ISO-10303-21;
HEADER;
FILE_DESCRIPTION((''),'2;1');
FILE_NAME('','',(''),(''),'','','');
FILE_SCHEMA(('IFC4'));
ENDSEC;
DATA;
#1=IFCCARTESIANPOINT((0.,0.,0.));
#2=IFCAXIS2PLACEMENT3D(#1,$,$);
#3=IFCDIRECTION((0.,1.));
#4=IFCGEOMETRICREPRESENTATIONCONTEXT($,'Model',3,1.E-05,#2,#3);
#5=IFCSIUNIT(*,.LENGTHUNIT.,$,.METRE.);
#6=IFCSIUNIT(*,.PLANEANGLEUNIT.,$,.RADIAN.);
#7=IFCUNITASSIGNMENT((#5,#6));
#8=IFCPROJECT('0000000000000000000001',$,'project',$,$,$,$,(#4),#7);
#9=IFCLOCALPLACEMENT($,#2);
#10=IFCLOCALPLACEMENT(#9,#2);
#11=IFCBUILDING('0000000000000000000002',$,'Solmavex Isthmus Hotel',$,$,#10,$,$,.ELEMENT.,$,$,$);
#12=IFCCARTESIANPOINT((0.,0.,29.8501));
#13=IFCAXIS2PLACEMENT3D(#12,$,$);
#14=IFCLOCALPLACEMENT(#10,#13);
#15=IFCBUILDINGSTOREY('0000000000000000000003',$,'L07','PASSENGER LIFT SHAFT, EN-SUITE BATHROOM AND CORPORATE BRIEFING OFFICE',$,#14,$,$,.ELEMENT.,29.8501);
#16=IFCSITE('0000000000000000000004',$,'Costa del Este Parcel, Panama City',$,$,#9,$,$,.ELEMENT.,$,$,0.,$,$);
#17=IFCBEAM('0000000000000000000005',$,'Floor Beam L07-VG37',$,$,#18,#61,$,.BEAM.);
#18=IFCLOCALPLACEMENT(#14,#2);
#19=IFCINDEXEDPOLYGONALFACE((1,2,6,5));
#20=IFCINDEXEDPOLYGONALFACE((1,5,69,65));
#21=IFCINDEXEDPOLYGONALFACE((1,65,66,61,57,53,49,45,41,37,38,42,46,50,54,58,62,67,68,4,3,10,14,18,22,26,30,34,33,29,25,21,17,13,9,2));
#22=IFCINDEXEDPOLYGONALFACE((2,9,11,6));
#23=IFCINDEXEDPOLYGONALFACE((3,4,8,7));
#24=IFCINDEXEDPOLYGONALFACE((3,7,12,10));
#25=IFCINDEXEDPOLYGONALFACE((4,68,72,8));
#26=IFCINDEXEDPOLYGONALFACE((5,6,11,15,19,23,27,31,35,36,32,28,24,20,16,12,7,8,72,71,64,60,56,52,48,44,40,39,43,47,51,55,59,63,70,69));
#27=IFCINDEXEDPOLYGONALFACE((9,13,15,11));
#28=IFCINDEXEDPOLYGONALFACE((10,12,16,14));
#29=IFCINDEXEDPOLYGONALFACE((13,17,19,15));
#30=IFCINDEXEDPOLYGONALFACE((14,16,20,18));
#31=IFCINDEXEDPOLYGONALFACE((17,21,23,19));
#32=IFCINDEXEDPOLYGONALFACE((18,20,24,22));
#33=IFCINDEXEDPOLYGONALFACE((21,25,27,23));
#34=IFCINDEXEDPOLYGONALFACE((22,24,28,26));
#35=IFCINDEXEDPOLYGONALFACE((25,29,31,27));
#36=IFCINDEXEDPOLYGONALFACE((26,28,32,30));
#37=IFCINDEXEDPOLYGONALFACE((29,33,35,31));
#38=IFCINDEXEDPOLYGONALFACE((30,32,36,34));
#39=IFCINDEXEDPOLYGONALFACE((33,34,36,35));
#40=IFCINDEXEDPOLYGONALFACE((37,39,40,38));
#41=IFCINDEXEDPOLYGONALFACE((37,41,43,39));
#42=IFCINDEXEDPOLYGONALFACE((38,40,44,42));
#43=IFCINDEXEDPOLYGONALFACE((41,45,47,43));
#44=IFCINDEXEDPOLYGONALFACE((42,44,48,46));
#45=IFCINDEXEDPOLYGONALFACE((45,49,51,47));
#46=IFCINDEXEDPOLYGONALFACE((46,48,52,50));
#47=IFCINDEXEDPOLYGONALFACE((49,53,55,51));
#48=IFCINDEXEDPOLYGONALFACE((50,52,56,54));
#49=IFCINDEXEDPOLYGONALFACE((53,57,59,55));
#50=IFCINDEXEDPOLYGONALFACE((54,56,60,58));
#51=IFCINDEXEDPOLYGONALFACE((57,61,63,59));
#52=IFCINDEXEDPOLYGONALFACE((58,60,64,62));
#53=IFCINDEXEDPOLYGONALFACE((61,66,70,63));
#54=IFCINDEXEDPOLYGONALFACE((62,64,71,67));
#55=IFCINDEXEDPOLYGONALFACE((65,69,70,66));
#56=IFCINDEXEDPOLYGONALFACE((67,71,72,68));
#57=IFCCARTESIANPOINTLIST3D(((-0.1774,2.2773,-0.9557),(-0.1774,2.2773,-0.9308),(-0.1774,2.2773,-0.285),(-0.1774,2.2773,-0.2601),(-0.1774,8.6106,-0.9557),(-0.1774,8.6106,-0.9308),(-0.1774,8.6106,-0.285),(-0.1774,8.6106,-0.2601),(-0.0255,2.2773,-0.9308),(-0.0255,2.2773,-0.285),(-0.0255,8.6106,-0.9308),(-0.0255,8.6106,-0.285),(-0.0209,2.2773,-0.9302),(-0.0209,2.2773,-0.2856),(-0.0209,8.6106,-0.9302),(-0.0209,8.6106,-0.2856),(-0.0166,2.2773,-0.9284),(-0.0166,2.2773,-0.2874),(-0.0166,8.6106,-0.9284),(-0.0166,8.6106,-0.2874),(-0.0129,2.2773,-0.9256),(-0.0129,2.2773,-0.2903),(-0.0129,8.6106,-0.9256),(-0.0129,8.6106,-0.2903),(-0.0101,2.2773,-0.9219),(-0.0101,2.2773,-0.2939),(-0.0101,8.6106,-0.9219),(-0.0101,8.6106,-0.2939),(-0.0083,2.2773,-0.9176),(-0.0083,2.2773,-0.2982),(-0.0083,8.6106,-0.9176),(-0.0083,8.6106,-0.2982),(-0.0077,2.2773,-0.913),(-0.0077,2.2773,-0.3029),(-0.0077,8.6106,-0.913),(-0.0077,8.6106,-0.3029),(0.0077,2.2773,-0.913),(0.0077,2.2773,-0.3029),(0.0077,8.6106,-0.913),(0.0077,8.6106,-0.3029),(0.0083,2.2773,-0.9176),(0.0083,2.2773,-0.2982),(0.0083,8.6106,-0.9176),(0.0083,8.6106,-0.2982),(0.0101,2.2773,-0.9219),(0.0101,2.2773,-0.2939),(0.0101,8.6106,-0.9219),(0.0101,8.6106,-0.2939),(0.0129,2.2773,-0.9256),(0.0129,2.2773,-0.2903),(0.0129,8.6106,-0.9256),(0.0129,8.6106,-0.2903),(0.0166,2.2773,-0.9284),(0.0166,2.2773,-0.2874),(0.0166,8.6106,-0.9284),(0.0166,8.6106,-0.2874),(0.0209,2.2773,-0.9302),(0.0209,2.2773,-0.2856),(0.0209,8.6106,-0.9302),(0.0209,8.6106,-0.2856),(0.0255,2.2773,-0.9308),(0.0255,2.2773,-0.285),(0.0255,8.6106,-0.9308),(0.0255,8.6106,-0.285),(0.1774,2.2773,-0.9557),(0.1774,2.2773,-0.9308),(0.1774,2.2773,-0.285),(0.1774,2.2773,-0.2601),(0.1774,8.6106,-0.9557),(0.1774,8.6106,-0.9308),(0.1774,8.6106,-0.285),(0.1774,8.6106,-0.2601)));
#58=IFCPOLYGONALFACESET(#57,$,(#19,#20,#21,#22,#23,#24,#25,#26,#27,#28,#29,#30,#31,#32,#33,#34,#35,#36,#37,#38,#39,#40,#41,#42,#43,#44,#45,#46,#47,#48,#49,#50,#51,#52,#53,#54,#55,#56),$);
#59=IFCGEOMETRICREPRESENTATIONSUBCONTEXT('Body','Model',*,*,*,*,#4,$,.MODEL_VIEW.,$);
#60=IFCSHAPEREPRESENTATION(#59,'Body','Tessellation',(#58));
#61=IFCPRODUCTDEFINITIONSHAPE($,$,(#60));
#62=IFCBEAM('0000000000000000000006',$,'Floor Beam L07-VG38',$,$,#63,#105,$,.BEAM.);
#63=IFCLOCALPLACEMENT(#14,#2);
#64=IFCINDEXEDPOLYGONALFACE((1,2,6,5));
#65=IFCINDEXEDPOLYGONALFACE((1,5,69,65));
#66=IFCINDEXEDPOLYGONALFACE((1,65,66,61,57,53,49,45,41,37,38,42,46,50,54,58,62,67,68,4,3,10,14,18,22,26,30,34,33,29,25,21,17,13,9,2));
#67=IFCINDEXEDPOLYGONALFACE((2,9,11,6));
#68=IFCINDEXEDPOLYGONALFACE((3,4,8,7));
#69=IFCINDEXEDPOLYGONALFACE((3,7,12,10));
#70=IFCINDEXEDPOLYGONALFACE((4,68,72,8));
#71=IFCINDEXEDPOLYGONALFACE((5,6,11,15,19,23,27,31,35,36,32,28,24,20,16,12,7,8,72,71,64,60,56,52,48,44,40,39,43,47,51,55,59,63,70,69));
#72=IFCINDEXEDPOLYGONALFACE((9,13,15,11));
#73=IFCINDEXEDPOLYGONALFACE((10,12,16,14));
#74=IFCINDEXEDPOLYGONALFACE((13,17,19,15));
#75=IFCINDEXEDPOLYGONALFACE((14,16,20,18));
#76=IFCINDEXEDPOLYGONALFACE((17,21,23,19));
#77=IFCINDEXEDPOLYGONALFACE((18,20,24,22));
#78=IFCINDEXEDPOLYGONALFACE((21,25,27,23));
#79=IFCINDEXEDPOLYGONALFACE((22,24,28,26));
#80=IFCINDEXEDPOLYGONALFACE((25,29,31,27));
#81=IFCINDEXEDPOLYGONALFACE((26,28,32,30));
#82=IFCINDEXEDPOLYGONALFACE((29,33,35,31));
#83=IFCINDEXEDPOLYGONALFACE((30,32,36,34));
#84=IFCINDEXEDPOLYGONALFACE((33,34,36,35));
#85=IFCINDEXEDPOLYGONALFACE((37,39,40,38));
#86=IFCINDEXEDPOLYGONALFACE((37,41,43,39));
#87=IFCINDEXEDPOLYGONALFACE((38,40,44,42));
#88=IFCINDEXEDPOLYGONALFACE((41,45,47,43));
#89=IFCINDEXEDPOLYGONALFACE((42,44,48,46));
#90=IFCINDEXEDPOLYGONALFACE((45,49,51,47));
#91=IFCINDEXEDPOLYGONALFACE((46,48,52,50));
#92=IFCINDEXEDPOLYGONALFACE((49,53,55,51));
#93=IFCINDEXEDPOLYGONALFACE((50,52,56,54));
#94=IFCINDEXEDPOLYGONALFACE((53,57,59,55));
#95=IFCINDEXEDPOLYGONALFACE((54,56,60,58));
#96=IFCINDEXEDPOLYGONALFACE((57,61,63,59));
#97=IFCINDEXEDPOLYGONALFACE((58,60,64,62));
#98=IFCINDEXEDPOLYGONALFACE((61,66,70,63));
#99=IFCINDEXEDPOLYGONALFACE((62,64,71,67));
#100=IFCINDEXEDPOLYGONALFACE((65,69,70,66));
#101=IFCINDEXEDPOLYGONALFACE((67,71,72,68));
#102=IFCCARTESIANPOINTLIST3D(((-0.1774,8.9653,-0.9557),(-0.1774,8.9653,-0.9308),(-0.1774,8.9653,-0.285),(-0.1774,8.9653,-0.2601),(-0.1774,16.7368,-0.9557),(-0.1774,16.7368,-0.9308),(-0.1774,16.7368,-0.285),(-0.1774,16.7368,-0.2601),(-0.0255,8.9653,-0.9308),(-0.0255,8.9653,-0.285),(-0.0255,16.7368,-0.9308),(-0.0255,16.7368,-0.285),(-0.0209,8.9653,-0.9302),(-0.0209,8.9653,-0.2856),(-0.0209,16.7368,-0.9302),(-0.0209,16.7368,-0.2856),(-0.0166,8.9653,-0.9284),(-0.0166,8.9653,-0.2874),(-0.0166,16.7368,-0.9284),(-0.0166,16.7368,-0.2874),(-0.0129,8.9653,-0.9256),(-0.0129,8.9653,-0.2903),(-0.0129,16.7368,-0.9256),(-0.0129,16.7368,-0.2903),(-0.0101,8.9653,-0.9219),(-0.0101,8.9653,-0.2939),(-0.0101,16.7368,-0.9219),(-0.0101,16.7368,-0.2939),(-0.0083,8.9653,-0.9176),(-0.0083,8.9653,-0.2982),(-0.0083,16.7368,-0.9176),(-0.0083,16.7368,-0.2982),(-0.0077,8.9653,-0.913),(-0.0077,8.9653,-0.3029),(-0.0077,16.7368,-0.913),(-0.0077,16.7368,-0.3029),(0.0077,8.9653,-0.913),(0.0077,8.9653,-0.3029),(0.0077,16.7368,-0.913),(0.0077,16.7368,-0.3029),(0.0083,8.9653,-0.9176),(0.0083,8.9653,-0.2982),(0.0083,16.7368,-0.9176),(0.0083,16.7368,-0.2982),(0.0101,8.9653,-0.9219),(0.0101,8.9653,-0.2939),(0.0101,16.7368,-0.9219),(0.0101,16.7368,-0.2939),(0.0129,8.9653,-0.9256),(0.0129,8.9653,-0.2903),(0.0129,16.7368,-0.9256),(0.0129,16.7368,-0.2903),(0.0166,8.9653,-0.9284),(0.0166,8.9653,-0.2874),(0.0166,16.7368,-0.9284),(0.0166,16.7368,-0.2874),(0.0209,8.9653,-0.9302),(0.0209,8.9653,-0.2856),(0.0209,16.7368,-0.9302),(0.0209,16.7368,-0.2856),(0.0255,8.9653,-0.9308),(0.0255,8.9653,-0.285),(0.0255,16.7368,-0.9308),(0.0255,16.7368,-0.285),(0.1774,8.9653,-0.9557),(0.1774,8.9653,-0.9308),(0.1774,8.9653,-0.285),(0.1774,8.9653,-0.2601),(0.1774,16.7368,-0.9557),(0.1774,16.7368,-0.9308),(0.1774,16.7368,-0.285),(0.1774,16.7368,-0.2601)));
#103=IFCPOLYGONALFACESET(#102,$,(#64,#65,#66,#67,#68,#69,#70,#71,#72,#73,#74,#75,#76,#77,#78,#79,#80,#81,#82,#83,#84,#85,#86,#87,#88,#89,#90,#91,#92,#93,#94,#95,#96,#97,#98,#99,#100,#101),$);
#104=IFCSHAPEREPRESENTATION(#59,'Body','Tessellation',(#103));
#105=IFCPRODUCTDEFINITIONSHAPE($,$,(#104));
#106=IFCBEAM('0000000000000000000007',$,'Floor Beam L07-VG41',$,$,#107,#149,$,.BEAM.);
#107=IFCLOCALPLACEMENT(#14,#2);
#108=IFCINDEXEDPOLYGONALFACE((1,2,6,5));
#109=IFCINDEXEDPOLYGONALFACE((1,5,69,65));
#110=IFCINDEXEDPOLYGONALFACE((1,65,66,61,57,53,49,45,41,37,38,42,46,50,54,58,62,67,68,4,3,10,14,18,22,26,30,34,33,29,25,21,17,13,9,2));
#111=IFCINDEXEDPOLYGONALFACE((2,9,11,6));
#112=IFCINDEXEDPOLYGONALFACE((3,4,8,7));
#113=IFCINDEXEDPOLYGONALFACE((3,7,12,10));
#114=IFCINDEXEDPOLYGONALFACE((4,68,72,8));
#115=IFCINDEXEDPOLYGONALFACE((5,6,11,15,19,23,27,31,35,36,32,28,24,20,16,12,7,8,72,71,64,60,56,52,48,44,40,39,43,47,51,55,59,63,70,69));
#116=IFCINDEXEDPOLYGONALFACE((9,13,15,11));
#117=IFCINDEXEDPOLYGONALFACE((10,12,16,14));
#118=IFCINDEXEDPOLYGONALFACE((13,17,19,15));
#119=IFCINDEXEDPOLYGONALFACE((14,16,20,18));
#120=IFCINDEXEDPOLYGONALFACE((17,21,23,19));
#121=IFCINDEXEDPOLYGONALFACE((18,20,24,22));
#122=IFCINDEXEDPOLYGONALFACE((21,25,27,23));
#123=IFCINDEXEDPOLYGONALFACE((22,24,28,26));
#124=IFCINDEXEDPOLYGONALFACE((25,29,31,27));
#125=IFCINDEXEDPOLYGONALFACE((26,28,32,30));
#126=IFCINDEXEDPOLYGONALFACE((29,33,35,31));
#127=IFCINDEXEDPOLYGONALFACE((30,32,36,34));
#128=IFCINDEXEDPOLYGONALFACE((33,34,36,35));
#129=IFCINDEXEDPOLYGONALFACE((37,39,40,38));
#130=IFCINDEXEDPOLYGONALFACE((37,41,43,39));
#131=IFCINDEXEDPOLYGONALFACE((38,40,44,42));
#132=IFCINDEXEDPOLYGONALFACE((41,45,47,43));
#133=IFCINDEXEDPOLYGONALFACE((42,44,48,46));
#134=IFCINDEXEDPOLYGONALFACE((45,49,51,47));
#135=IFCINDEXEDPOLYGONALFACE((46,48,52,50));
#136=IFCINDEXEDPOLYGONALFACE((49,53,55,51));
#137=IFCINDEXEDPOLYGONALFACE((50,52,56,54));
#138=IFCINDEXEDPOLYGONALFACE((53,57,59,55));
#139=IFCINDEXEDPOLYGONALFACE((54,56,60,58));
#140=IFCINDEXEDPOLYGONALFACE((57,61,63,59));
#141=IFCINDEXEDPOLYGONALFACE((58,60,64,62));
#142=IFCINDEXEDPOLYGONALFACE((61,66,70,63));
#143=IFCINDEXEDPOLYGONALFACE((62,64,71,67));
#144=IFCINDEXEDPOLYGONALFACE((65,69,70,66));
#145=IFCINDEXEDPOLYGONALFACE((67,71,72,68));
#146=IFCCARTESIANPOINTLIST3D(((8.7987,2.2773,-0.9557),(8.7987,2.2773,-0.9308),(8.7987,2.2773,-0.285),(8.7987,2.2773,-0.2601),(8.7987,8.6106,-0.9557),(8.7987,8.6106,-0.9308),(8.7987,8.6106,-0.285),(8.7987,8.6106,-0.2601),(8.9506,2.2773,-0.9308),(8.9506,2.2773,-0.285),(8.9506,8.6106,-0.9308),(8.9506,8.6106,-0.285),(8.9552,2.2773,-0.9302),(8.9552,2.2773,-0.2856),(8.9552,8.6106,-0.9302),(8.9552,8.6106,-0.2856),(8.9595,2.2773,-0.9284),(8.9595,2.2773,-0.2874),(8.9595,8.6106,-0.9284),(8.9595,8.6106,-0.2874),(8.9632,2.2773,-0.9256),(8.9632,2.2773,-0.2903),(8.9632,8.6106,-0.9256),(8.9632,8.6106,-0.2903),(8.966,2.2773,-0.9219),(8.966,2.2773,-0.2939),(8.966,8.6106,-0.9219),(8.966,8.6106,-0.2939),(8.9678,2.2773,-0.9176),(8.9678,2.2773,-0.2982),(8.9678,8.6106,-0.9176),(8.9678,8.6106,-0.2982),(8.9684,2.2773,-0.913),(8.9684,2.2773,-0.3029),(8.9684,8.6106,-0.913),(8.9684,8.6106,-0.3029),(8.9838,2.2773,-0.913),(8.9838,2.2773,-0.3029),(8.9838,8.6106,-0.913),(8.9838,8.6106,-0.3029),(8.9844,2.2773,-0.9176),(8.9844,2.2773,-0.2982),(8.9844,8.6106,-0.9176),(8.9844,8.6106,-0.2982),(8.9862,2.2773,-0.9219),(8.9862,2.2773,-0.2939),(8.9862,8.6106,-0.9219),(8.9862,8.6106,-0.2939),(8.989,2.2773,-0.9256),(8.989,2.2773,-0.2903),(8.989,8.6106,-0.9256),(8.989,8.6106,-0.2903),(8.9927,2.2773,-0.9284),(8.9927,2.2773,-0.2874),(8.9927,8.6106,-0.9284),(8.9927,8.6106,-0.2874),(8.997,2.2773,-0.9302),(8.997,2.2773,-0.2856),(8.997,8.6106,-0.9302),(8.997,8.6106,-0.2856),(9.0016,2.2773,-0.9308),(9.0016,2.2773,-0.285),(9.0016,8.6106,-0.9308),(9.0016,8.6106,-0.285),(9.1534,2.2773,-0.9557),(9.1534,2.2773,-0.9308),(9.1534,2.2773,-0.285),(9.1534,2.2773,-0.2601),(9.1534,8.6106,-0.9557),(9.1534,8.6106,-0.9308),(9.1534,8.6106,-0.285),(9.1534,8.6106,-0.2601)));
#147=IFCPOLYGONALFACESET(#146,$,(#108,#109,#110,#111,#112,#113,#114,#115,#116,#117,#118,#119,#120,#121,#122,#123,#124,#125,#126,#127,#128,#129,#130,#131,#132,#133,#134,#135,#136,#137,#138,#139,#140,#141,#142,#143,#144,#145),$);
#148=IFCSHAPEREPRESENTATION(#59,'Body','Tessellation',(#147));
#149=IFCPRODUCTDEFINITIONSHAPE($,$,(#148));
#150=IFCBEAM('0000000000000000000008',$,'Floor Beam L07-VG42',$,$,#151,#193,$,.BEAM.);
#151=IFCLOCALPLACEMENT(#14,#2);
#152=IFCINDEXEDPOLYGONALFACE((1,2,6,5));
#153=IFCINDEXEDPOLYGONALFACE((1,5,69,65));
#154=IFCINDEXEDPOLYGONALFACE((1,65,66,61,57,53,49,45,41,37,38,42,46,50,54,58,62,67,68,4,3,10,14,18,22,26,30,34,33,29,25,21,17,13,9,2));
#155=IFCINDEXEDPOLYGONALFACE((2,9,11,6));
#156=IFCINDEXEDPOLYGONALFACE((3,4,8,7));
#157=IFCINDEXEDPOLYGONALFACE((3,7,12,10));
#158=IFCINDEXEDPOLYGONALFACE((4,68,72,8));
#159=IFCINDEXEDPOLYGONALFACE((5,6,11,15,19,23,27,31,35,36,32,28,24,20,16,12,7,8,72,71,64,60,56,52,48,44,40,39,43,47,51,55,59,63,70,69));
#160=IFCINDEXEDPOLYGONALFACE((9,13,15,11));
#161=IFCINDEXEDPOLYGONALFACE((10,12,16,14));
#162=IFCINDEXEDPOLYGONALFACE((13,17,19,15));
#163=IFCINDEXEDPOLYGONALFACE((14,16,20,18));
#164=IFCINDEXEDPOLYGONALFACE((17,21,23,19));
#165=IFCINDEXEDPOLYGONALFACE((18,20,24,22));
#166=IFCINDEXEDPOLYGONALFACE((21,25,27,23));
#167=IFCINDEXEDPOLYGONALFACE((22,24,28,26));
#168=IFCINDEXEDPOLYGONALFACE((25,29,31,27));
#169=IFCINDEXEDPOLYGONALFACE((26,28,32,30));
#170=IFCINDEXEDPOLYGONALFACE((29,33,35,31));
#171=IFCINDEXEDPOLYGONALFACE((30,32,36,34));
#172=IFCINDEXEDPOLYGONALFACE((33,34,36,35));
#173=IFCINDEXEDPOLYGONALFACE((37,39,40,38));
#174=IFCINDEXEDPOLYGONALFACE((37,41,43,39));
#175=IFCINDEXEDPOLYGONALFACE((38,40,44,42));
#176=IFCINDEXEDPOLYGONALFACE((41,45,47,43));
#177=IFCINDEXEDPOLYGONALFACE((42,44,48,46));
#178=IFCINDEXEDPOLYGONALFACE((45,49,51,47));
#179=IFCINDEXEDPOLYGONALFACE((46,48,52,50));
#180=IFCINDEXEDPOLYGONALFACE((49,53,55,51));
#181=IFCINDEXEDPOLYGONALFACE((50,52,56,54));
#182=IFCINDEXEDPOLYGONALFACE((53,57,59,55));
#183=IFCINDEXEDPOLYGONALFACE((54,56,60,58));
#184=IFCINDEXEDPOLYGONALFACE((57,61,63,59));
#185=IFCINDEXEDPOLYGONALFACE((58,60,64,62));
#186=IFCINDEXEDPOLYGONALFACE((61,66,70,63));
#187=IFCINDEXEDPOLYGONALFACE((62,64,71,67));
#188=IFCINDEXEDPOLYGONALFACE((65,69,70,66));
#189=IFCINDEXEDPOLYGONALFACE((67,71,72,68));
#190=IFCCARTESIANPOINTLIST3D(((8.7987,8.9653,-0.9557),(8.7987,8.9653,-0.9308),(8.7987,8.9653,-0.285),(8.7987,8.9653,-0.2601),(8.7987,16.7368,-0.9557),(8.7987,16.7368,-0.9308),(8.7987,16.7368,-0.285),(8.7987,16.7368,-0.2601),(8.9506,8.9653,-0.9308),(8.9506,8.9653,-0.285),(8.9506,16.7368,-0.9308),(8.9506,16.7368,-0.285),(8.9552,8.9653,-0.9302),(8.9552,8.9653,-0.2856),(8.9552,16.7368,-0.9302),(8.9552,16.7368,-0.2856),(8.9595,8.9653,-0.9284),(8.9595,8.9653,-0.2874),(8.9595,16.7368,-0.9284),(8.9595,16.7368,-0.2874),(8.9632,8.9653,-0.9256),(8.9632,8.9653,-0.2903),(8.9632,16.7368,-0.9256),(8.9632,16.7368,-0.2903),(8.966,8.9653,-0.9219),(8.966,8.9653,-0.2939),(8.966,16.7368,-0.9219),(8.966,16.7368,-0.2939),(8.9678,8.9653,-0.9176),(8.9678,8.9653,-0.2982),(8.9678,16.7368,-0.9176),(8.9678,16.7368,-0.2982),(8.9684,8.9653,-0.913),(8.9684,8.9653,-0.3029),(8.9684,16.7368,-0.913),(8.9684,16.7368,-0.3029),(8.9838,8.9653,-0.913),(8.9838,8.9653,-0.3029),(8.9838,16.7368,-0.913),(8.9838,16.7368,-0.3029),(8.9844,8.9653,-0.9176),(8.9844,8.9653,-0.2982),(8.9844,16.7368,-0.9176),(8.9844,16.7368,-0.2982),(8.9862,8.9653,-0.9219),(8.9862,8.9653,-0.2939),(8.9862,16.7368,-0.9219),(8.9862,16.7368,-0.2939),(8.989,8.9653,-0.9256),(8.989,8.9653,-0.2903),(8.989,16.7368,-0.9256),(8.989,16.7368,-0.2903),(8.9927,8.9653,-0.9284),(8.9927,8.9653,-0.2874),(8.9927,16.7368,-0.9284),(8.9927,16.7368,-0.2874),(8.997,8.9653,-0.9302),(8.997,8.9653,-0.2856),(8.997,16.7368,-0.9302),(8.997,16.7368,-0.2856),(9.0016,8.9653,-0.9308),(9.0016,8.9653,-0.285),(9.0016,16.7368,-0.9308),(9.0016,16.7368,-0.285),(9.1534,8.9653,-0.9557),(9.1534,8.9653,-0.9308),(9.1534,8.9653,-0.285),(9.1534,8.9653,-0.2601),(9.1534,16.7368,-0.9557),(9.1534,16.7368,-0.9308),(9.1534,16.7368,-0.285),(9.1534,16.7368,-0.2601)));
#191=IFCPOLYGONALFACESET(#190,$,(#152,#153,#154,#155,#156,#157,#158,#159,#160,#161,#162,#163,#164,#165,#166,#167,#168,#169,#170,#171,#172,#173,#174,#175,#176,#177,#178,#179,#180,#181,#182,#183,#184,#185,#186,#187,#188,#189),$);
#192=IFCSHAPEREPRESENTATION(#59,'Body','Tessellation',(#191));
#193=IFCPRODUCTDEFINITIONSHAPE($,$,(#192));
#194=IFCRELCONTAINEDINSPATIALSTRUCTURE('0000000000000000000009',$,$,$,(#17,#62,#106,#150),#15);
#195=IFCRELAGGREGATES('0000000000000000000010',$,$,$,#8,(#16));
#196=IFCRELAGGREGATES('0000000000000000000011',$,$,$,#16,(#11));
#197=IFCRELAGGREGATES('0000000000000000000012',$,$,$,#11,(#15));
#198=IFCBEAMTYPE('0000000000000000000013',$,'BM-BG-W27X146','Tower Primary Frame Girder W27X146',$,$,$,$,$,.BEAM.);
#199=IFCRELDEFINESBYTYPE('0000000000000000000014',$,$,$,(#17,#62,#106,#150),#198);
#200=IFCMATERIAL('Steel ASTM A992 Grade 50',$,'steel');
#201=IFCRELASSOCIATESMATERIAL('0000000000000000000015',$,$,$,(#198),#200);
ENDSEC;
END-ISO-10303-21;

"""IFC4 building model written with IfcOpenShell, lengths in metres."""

from ifc_helpers import new_model, si_unit, direction, frame, origin, origin_2d, place, context, subcontext, project, spatial, i_section, extrude, material, material_profile, profile_set, type_object, element, save


model = new_model("IFC4")

# Units and contexts
model_context = context("Model", 3, precision=1e-05, world=origin(), true_north=direction((0.0, 1.0)))
body_context = subcontext(model_context, "Body", "Model", "MODEL_VIEW")
ifc_project = project(units=[si_unit("LENGTHUNIT", "METRE"), si_unit("PLANEANGLEUNIT", "RADIAN")], contexts=[model_context])

# Site, building, storey
site_placement = place(None, origin())
site = spatial("IfcSite", under=ifc_project, at=site_placement, Name="Costa del Este Parcel, Panama City", CompositionType="ELEMENT", RefElevation=0.0)
building_placement = place(site_placement, origin())
building = spatial("IfcBuilding", under=site, at=building_placement, Name="Solmavex Isthmus Hotel", CompositionType="ELEMENT")
storey_placement = place(building_placement, frame((0.0, 0.0, 29.8501)))
storey = spatial("IfcBuildingStorey", under=building, at=storey_placement, Name="L07", Description="PASSENGER LIFT SHAFT, EN-SUITE BATHROOM AND CORPORATE BRIEFING OFFICE", CompositionType="ELEMENT", Elevation=29.8501)

# Beams
ifc_material_1 = material(Name="Steel ASTM A992 Grade 50", Category="steel")
ifc_material_profile_1 = material_profile(ifc_material_1, i_section(OverallWidth=0.3547, OverallDepth=0.6956, WebThickness=0.0154, FlangeThickness=0.0249, FilletRadius=0.0178, at=origin_2d()), Name="W27X146")
ifc_profile_set_1 = profile_set([ifc_material_profile_1], Name="Steel ASTM A992 Grade 50")
beam_type_1 = type_object("IfcBeamType", Name="BM-BG-W27X146", Description="Tower Primary Frame Girder W27X146", PredefinedType="BEAM", material=ifc_profile_set_1)
beam_1_placement = place(storey_placement, frame((0.0, 2.2773, -0.6079), z_axis=(0.0, 1.0, 0.0), x_axis=(-1.0, 0.0, 0.0)))
element("IfcBeam", 1, at=beam_1_placement, inside=storey, type_object=beam_type_1, Name="Floor Beam L07-VG37", PredefinedType="BEAM", context=body_context, shape_type="SweptSolid", body=[
    extrude(i_section(OverallWidth=0.3547, OverallDepth=0.6956, WebThickness=0.0154, FlangeThickness=0.0249, FilletRadius=0.0178, at=origin_2d()), origin(), (0.0, 0.0, 1.0), 6.3333),
])
beam_2_placement = place(storey_placement, frame((0.0, 8.9653, -0.6079), z_axis=(0.0, 1.0, 0.0), x_axis=(-1.0, 0.0, 0.0)))
element("IfcBeam", 2, at=beam_2_placement, inside=storey, type_object=beam_type_1, Name="Floor Beam L07-VG38", PredefinedType="BEAM", context=body_context, shape_type="SweptSolid", body=[
    extrude(i_section(OverallWidth=0.3547, OverallDepth=0.6956, WebThickness=0.0154, FlangeThickness=0.0249, FilletRadius=0.0178, at=origin_2d()), origin(), (0.0, 0.0, 1.0), 7.7715),
])
beam_3_placement = place(storey_placement, frame((8.9761, 2.2773, -0.6079), z_axis=(0.0, 1.0, 0.0), x_axis=(-1.0, 0.0, 0.0)))
element("IfcBeam", 3, at=beam_3_placement, inside=storey, type_object=beam_type_1, Name="Floor Beam L07-VG41", PredefinedType="BEAM", context=body_context, shape_type="SweptSolid", body=[
    extrude(i_section(OverallWidth=0.3547, OverallDepth=0.6956, WebThickness=0.0154, FlangeThickness=0.0249, FilletRadius=0.0178, at=origin_2d()), origin(), (0.0, 0.0, 1.0), 6.3333),
])
beam_4_placement = place(storey_placement, frame((8.9761, 8.9653, -0.6079), z_axis=(0.0, 1.0, 0.0), x_axis=(-1.0, 0.0, 0.0)))
element("IfcBeam", 4, at=beam_4_placement, inside=storey, type_object=beam_type_1, Name="Floor Beam L07-VG42", PredefinedType="BEAM", context=body_context, shape_type="SweptSolid", body=[
    extrude(i_section(OverallWidth=0.3547, OverallDepth=0.6956, WebThickness=0.0154, FlangeThickness=0.0249, FilletRadius=0.0178, at=origin_2d()), origin(), (0.0, 0.0, 1.0), 7.7715),
])

save(model, "model.ifc")
